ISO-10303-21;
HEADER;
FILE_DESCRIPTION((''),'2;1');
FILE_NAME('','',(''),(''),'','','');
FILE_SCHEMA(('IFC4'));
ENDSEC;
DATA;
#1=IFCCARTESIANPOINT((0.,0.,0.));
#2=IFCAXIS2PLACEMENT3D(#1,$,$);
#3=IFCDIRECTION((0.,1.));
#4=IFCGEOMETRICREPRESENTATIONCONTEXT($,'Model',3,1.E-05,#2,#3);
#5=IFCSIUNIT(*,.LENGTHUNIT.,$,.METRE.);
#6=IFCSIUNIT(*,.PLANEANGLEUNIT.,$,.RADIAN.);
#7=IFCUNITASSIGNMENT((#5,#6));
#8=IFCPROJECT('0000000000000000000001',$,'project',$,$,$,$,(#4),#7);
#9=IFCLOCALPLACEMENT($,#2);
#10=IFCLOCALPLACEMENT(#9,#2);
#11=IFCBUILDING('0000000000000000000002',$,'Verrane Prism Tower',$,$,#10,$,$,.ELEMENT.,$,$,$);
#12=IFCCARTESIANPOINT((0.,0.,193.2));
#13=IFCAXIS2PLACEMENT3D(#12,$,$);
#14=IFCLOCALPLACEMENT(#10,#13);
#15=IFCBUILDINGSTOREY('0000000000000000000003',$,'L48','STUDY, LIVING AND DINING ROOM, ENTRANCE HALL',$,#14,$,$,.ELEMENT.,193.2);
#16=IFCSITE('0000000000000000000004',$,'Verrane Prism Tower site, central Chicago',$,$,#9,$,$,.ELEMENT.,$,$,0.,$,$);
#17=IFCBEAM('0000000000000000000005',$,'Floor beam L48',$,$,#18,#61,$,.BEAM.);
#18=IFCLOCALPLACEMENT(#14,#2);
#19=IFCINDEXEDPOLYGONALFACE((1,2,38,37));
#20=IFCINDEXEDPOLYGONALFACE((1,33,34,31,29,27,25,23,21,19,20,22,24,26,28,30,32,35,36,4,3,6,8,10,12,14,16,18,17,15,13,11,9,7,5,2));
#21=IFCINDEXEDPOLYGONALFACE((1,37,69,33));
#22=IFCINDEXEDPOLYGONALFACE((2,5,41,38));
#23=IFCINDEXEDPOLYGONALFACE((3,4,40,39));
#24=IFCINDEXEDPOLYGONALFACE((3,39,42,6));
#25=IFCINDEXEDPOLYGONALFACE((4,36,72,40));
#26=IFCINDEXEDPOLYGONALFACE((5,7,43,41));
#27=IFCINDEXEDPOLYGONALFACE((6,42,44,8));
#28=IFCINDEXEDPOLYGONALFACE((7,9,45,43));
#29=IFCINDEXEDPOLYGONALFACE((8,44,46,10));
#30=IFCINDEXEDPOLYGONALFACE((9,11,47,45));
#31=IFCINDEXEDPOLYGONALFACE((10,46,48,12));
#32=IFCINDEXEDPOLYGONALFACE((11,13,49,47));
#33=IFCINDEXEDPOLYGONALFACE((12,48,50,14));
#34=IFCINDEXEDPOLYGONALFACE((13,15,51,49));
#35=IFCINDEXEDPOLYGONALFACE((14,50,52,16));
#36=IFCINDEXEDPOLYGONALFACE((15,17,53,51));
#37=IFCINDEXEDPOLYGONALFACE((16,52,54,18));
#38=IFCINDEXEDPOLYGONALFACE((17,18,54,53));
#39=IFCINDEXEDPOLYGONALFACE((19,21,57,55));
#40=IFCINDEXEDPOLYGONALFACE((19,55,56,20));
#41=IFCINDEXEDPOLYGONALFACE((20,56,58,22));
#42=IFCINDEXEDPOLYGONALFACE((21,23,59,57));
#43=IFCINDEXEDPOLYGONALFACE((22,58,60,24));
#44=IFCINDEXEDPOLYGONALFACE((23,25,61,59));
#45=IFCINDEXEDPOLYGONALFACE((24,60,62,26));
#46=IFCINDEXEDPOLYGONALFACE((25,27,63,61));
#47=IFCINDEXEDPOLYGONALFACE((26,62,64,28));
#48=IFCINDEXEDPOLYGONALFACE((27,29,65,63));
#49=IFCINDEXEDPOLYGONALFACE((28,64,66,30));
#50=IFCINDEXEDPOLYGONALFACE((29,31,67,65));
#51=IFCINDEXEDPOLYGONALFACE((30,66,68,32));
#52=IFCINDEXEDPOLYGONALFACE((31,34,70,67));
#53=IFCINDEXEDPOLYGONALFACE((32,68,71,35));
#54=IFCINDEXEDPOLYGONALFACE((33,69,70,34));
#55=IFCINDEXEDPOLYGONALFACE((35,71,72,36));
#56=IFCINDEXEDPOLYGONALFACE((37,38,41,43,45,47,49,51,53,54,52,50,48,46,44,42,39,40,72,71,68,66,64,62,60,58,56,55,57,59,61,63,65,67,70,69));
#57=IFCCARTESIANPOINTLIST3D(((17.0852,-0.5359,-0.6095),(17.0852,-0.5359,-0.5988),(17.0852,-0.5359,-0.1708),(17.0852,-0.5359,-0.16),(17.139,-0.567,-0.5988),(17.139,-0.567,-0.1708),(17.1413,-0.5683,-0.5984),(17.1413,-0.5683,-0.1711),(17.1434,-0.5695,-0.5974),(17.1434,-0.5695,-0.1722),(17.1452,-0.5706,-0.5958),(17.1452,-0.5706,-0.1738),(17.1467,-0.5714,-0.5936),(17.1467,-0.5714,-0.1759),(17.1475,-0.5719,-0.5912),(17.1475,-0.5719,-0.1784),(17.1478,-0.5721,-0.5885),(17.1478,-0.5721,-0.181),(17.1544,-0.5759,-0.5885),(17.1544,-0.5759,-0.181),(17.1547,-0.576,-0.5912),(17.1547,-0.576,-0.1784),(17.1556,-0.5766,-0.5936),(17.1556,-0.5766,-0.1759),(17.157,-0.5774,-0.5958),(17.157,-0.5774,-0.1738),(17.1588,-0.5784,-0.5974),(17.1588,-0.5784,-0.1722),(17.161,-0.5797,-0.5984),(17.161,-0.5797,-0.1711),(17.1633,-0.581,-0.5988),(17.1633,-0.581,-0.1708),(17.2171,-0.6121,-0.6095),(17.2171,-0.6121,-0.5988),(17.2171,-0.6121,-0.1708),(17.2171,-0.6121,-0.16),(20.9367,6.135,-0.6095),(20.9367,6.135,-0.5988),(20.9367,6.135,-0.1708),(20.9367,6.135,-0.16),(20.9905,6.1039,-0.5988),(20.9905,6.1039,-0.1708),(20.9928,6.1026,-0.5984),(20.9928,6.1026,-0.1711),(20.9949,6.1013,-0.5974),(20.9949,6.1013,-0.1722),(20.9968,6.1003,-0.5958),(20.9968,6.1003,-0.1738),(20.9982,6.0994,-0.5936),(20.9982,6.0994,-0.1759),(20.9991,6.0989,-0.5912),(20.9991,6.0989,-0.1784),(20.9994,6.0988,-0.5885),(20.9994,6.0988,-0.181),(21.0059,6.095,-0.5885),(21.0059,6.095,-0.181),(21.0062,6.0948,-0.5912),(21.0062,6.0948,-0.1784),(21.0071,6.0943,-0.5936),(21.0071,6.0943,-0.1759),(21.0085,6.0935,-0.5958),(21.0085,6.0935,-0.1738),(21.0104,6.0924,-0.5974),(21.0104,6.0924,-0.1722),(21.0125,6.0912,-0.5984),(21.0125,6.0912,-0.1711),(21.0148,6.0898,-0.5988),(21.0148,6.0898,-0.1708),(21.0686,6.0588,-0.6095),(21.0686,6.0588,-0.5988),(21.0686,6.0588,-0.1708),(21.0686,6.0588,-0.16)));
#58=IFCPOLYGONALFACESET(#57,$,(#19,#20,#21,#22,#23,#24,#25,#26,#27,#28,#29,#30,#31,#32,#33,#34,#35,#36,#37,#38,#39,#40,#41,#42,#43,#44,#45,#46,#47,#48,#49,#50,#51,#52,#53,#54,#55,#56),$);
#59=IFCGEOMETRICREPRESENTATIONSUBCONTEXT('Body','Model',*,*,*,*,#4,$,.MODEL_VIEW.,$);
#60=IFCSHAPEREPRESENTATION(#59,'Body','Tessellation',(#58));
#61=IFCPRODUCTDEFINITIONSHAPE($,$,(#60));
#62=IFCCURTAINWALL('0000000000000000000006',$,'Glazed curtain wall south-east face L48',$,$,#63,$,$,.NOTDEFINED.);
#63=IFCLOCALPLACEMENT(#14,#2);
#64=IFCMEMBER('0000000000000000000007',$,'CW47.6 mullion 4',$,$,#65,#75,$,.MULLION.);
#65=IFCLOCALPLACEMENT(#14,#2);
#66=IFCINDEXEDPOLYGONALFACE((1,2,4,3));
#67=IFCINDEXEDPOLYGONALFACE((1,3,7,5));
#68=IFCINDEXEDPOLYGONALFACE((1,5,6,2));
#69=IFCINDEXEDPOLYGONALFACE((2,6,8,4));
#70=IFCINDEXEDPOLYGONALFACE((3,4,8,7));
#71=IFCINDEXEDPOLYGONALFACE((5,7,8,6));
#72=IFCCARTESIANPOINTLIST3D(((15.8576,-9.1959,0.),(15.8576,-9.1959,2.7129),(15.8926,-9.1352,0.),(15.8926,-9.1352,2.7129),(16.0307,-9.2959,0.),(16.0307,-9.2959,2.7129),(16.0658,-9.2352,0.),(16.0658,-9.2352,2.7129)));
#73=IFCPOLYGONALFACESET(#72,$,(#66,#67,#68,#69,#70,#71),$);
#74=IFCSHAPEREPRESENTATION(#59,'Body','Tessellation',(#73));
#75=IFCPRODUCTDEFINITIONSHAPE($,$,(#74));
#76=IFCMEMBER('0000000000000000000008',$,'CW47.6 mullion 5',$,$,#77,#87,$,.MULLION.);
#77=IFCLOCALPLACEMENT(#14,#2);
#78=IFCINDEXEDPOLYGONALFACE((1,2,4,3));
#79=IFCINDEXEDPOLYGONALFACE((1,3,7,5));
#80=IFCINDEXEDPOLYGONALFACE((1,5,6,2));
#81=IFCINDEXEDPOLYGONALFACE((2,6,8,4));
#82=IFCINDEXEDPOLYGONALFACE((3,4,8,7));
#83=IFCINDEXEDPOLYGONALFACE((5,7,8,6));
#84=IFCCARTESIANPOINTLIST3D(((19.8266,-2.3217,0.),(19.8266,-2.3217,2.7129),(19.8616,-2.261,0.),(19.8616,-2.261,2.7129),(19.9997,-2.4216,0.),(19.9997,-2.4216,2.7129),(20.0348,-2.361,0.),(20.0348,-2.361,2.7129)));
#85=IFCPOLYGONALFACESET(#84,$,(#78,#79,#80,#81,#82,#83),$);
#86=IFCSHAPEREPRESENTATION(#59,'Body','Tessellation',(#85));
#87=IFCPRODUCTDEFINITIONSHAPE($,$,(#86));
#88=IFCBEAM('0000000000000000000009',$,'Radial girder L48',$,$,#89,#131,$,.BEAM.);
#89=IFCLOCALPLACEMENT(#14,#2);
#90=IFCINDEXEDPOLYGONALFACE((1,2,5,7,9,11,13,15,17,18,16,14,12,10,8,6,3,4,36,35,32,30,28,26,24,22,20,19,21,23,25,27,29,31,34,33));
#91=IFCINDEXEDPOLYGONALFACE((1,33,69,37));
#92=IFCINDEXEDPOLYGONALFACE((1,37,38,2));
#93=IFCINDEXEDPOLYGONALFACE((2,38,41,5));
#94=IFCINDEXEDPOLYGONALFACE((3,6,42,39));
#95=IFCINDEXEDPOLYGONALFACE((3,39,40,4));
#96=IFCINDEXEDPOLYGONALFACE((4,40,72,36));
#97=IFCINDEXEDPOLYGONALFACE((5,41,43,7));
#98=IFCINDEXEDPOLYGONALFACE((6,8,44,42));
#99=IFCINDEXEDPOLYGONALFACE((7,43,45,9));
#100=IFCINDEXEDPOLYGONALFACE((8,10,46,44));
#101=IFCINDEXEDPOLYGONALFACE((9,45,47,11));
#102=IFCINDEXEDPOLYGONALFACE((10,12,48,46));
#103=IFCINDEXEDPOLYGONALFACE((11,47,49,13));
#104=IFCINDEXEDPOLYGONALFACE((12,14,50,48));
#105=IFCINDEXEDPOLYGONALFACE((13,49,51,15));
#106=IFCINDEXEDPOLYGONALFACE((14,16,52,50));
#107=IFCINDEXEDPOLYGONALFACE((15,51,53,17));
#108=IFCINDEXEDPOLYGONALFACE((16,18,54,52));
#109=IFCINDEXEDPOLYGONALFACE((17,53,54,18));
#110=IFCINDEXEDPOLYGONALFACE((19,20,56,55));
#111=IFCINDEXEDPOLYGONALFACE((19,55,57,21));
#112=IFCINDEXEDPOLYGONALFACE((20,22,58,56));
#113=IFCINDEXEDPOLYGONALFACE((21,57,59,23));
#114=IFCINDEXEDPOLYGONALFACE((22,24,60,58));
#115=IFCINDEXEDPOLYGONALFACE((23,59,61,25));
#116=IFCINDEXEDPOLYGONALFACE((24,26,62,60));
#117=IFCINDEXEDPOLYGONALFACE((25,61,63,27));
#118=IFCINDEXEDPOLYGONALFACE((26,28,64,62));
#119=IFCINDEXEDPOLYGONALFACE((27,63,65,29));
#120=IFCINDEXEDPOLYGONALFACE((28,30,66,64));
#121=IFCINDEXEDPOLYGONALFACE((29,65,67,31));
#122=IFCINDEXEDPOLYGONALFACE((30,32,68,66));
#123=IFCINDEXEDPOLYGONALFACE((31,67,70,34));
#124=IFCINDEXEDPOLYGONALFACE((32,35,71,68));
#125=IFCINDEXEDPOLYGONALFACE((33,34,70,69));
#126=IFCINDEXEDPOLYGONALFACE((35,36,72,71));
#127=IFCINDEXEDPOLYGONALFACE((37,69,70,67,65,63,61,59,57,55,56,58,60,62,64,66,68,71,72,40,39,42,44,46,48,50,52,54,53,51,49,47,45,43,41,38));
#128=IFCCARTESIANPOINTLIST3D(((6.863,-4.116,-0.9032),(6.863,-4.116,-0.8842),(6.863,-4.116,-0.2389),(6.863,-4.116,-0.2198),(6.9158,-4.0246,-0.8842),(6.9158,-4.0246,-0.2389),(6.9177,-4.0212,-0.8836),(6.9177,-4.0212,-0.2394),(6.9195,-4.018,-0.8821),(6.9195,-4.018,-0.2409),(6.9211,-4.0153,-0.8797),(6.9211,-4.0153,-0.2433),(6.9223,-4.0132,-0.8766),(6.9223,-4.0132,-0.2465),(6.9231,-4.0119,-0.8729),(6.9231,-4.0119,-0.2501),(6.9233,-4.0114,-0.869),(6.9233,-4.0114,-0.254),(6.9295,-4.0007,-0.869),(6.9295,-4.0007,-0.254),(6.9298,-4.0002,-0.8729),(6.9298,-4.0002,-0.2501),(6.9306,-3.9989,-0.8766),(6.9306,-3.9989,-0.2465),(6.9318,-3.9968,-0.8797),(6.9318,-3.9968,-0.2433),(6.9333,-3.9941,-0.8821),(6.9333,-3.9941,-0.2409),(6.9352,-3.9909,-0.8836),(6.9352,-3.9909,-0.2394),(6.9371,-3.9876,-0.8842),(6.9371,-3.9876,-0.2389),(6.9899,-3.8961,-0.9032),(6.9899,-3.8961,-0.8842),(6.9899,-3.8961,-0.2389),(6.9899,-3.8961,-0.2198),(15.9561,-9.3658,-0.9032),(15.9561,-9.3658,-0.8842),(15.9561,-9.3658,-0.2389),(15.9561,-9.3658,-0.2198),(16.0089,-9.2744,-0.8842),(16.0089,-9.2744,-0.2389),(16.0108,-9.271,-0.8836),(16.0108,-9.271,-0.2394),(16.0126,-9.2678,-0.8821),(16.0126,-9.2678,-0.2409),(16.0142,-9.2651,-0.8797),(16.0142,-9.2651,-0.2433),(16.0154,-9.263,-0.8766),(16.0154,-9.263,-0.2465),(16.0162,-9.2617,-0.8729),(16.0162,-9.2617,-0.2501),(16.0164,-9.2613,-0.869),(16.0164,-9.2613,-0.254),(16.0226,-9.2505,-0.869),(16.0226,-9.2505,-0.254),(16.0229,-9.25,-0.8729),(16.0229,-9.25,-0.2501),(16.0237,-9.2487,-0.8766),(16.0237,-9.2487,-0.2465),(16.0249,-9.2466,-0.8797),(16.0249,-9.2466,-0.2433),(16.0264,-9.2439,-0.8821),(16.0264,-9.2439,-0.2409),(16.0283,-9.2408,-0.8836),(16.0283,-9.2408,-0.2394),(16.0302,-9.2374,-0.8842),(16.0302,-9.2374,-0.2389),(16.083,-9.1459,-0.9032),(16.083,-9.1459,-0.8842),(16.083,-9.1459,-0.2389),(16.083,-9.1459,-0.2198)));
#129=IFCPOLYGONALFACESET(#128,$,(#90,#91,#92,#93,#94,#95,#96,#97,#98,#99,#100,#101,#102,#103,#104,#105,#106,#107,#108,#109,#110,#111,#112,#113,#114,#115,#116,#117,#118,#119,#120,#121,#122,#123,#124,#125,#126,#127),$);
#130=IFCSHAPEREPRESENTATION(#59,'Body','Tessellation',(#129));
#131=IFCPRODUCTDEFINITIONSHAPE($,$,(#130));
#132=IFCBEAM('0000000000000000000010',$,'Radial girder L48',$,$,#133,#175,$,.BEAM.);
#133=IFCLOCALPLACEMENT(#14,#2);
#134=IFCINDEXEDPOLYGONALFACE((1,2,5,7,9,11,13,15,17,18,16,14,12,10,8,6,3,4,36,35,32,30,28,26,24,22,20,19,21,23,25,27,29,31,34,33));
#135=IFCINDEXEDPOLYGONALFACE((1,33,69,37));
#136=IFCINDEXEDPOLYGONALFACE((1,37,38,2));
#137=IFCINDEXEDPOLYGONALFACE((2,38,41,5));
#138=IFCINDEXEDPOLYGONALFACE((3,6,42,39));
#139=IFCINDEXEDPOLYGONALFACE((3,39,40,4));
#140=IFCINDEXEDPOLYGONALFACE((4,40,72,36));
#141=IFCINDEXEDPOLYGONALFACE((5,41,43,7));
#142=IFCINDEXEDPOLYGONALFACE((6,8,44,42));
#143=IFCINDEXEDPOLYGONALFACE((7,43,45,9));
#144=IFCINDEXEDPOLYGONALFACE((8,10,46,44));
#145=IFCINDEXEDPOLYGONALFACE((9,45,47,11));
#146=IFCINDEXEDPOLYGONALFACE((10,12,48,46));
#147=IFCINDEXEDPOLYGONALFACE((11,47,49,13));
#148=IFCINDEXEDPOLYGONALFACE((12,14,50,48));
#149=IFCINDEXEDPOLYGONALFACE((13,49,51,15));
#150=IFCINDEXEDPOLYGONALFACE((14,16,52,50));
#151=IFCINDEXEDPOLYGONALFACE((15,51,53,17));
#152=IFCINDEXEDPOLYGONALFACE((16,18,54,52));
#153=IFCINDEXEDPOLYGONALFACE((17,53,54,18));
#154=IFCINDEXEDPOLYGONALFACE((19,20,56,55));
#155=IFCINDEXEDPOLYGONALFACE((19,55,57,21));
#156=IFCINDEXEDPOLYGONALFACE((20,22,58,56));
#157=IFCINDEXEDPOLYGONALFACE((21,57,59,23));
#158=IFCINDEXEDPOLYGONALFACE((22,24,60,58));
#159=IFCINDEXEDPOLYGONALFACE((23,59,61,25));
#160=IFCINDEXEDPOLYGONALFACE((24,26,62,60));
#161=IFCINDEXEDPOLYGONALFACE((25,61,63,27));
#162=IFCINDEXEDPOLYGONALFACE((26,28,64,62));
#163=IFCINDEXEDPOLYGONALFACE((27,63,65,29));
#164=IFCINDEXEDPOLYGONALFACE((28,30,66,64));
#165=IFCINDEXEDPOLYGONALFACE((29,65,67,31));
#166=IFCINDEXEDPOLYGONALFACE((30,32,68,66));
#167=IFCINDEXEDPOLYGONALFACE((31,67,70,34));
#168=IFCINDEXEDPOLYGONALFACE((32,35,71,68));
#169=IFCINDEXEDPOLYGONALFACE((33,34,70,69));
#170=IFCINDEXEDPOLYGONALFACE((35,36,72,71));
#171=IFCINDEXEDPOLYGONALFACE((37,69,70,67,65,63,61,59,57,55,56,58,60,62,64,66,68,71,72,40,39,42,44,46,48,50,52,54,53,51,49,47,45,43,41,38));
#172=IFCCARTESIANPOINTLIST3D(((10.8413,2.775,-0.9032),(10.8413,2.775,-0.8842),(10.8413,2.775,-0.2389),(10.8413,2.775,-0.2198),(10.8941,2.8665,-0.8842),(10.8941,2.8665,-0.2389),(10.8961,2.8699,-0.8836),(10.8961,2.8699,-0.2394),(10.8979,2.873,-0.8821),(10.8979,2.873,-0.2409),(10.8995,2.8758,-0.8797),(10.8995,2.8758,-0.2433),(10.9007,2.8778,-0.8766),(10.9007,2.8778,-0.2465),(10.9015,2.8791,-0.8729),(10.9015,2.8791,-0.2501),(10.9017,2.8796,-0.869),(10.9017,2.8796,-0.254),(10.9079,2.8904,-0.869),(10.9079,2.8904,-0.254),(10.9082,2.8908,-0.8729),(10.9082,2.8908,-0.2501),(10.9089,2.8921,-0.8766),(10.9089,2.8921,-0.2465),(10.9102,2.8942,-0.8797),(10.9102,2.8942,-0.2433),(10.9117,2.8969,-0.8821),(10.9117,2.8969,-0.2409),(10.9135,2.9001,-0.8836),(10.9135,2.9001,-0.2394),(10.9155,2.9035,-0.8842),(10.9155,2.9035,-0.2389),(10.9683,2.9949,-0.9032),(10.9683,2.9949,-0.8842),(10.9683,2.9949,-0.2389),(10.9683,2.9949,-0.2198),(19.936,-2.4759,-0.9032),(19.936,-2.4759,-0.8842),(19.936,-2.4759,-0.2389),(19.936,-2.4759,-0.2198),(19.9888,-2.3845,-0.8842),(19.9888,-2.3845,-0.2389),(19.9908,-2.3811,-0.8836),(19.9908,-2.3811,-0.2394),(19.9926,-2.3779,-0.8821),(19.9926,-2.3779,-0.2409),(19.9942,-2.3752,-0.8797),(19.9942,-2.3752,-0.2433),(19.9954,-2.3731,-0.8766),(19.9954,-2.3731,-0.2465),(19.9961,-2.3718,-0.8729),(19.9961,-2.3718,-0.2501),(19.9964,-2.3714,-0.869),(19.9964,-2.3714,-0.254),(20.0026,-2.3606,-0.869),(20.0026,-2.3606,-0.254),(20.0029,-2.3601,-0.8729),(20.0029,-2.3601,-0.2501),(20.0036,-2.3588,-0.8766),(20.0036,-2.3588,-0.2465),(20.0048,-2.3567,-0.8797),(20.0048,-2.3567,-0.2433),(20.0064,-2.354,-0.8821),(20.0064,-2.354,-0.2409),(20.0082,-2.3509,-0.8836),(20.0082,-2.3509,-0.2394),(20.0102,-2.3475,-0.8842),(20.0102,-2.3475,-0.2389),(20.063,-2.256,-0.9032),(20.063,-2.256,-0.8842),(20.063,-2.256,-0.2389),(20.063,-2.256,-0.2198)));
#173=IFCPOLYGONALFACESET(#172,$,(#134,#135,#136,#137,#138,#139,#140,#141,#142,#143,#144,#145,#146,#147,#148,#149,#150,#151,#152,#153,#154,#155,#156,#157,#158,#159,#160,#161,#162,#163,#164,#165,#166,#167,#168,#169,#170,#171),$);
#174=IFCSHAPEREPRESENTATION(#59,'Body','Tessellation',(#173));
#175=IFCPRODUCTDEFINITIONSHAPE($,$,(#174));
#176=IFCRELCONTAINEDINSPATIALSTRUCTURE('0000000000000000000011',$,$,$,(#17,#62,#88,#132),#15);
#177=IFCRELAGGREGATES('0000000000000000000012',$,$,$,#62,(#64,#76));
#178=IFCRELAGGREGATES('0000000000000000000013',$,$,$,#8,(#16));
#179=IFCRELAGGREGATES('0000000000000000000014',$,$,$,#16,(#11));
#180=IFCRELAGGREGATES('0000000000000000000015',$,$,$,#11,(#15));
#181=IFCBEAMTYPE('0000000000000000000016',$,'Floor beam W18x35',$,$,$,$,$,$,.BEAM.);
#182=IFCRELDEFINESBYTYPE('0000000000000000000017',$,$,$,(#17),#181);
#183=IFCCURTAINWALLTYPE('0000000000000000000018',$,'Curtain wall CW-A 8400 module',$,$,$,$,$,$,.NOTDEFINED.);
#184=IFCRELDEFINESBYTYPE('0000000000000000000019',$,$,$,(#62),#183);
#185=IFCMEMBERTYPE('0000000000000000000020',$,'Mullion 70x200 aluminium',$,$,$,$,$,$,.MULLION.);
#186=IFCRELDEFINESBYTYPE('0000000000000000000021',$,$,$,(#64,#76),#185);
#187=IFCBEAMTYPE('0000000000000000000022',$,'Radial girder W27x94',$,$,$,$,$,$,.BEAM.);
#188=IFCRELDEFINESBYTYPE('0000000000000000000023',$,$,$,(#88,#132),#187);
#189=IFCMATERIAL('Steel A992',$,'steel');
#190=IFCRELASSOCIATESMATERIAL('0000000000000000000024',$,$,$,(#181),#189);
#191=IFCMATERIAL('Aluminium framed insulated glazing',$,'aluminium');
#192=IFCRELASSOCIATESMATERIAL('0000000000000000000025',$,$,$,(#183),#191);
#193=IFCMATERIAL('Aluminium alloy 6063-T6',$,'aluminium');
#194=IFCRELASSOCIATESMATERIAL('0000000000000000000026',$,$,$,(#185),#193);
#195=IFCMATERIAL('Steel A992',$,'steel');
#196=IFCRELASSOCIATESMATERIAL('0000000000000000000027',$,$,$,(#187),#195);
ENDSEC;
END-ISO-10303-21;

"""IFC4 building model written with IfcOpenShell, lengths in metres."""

from ifc_helpers import new_model, si_unit, direction, frame, origin, origin_2d, place, context, subcontext, project, spatial, rectangle, i_section, extrude, material, material_profile, profile_set, type_object, element, aggregate, save


model = new_model("IFC4")

# Units and contexts
model_context = context("Model", 3, precision=1e-05, world=origin(), true_north=direction((0.0, 1.0)))
body_context = subcontext(model_context, "Body", "Model", "MODEL_VIEW")
ifc_project = project(units=[si_unit("LENGTHUNIT", "METRE"), si_unit("PLANEANGLEUNIT", "RADIAN")], contexts=[model_context])

# Site, building, storey
site_placement = place(None, origin())
site = spatial("IfcSite", under=ifc_project, at=site_placement, Name="Verrane Prism Tower site, central Chicago", CompositionType="ELEMENT", RefElevation=0.0)
building_placement = place(site_placement, origin())
building = spatial("IfcBuilding", under=site, at=building_placement, Name="Verrane Prism Tower", CompositionType="ELEMENT")
storey_placement = place(building_placement, frame((0.0, 0.0, 193.2)))
storey = spatial("IfcBuildingStorey", under=building, at=storey_placement, Name="L48", Description="STUDY, LIVING AND DINING ROOM, ENTRANCE HALL", CompositionType="ELEMENT", Elevation=193.2)

# Beam
ifc_material_1 = material(Name="Steel A992", Category="steel")
ifc_material_profile_1 = material_profile(ifc_material_1, i_section(OverallWidth=0.1523, OverallDepth=0.4495, WebThickness=0.0076, FlangeThickness=0.0107, FilletRadius=0.0103, at=origin_2d()), Name="W18x35")
ifc_profile_set_1 = profile_set([ifc_material_profile_1], Name="Steel A992")
beam_type_1 = type_object("IfcBeamType", Name="Floor beam W18x35", PredefinedType="BEAM", material=ifc_profile_set_1)
beam_1_placement = place(storey_placement, frame((17.1511, -0.574, -0.3848), z_axis=(0.500011, 0.866019, 0.0), x_axis=(-0.866019, 0.500011, 0.0)))
element("IfcBeam", 1, at=beam_1_placement, inside=storey, type_object=beam_type_1, Name="Floor beam L48", PredefinedType="BEAM", context=body_context, shape_type="SweptSolid", body=[
    extrude(i_section(OverallWidth=0.1523, OverallDepth=0.4495, WebThickness=0.0076, FlangeThickness=0.0107, FilletRadius=0.0103, at=origin_2d()), origin(), (0.0, 0.0, 1.0), 7.7029),
])

# Curtain wall, members
ifc_material_2 = material(Name="Aluminium framed insulated glazing", Category="aluminium")
curtain_wall_type = type_object("IfcCurtainWallType", Name="Curtain wall CW-A 8400 module", PredefinedType="NOTDEFINED", material=ifc_material_2)
curtain_wall_placement = place(storey_placement, origin())
curtain_wall = element("IfcCurtainWall", 2, at=curtain_wall_placement, inside=storey, type_object=curtain_wall_type, Name="Glazed curtain wall south-east face L48", PredefinedType="NOTDEFINED")
ifc_material_3 = material(Name="Aluminium alloy 6063-T6", Category="aluminium")
ifc_material_profile_2 = material_profile(ifc_material_3, rectangle(XDim=0.2, YDim=0.0701, at=origin_2d()), Name="Mullion 70x200 aluminium")
ifc_profile_set_2 = profile_set([ifc_material_profile_2], Name="Aluminium alloy 6063-T6")
member_type_1 = type_object("IfcMemberType", Name="Mullion 70x200 aluminium", PredefinedType="MULLION", material=ifc_profile_set_2)
member_1_placement = place(storey_placement, frame((15.9617, -9.2156, 0.0), z_axis=(0.0, 0.0, 1.0), x_axis=(-0.866026, 0.5, 0.0)))
member_1 = element("IfcMember", 3, at=member_1_placement, type_object=member_type_1, Name="CW47.6 mullion 4", PredefinedType="MULLION", context=body_context, shape_type="SweptSolid", body=[
    extrude(rectangle(XDim=0.2, YDim=0.0701, at=origin_2d()), origin(), (0.0, 0.0, 1.0), 2.7129),
])
member_2_placement = place(storey_placement, frame((19.9307, -2.3413, 0.0), z_axis=(0.0, 0.0, 1.0), x_axis=(-0.866026, 0.5, 0.0)))
member_2 = element("IfcMember", 4, at=member_2_placement, type_object=member_type_1, Name="CW47.6 mullion 5", PredefinedType="MULLION", context=body_context, shape_type="SweptSolid", body=[
    extrude(rectangle(XDim=0.2, YDim=0.0701, at=origin_2d()), origin(), (0.0, 0.0, 1.0), 2.7129),
])

# Beams
ifc_material_4 = material(Name="Steel A992", Category="steel")
ifc_material_profile_3 = material_profile(ifc_material_4, i_section(OverallWidth=0.2539, OverallDepth=0.6833, WebThickness=0.0125, FlangeThickness=0.019, FilletRadius=0.0151, at=origin_2d()), Name="W27x94")
ifc_profile_set_3 = profile_set([ifc_material_profile_3], Name="Steel A992")
beam_type_2 = type_object("IfcBeamType", Name="Radial girder W27x94", PredefinedType="BEAM", material=ifc_profile_set_3)
beam_2_placement = place(storey_placement, frame((16.0195, -9.2559, -0.5615), z_axis=(-0.86603, 0.499993, 0.0), x_axis=(-0.499993, -0.86603, 0.0)))
element("IfcBeam", 5, at=beam_2_placement, inside=storey, type_object=beam_type_2, Name="Radial girder L48", PredefinedType="BEAM", context=body_context, shape_type="SweptSolid", body=[
    extrude(i_section(OverallWidth=0.2539, OverallDepth=0.6833, WebThickness=0.0125, FlangeThickness=0.019, FilletRadius=0.0151, at=origin_2d()), origin(), (0.0, 0.0, 1.0), 10.4998),
])
beam_3_placement = place(storey_placement, frame((19.9995, -2.366, -0.5615), z_axis=(-0.86602, 0.50001, 0.0), x_axis=(-0.50001, -0.86602, 0.0)))
element("IfcBeam", 6, at=beam_3_placement, inside=storey, type_object=beam_type_2, Name="Radial girder L48", PredefinedType="BEAM", context=body_context, shape_type="SweptSolid", body=[
    extrude(i_section(OverallWidth=0.2539, OverallDepth=0.6833, WebThickness=0.0125, FlangeThickness=0.019, FilletRadius=0.0151, at=origin_2d()), origin(), (0.0, 0.0, 1.0), 10.5017),
])

aggregate(curtain_wall, [member_1, member_2])

save(model, "model.ifc")
